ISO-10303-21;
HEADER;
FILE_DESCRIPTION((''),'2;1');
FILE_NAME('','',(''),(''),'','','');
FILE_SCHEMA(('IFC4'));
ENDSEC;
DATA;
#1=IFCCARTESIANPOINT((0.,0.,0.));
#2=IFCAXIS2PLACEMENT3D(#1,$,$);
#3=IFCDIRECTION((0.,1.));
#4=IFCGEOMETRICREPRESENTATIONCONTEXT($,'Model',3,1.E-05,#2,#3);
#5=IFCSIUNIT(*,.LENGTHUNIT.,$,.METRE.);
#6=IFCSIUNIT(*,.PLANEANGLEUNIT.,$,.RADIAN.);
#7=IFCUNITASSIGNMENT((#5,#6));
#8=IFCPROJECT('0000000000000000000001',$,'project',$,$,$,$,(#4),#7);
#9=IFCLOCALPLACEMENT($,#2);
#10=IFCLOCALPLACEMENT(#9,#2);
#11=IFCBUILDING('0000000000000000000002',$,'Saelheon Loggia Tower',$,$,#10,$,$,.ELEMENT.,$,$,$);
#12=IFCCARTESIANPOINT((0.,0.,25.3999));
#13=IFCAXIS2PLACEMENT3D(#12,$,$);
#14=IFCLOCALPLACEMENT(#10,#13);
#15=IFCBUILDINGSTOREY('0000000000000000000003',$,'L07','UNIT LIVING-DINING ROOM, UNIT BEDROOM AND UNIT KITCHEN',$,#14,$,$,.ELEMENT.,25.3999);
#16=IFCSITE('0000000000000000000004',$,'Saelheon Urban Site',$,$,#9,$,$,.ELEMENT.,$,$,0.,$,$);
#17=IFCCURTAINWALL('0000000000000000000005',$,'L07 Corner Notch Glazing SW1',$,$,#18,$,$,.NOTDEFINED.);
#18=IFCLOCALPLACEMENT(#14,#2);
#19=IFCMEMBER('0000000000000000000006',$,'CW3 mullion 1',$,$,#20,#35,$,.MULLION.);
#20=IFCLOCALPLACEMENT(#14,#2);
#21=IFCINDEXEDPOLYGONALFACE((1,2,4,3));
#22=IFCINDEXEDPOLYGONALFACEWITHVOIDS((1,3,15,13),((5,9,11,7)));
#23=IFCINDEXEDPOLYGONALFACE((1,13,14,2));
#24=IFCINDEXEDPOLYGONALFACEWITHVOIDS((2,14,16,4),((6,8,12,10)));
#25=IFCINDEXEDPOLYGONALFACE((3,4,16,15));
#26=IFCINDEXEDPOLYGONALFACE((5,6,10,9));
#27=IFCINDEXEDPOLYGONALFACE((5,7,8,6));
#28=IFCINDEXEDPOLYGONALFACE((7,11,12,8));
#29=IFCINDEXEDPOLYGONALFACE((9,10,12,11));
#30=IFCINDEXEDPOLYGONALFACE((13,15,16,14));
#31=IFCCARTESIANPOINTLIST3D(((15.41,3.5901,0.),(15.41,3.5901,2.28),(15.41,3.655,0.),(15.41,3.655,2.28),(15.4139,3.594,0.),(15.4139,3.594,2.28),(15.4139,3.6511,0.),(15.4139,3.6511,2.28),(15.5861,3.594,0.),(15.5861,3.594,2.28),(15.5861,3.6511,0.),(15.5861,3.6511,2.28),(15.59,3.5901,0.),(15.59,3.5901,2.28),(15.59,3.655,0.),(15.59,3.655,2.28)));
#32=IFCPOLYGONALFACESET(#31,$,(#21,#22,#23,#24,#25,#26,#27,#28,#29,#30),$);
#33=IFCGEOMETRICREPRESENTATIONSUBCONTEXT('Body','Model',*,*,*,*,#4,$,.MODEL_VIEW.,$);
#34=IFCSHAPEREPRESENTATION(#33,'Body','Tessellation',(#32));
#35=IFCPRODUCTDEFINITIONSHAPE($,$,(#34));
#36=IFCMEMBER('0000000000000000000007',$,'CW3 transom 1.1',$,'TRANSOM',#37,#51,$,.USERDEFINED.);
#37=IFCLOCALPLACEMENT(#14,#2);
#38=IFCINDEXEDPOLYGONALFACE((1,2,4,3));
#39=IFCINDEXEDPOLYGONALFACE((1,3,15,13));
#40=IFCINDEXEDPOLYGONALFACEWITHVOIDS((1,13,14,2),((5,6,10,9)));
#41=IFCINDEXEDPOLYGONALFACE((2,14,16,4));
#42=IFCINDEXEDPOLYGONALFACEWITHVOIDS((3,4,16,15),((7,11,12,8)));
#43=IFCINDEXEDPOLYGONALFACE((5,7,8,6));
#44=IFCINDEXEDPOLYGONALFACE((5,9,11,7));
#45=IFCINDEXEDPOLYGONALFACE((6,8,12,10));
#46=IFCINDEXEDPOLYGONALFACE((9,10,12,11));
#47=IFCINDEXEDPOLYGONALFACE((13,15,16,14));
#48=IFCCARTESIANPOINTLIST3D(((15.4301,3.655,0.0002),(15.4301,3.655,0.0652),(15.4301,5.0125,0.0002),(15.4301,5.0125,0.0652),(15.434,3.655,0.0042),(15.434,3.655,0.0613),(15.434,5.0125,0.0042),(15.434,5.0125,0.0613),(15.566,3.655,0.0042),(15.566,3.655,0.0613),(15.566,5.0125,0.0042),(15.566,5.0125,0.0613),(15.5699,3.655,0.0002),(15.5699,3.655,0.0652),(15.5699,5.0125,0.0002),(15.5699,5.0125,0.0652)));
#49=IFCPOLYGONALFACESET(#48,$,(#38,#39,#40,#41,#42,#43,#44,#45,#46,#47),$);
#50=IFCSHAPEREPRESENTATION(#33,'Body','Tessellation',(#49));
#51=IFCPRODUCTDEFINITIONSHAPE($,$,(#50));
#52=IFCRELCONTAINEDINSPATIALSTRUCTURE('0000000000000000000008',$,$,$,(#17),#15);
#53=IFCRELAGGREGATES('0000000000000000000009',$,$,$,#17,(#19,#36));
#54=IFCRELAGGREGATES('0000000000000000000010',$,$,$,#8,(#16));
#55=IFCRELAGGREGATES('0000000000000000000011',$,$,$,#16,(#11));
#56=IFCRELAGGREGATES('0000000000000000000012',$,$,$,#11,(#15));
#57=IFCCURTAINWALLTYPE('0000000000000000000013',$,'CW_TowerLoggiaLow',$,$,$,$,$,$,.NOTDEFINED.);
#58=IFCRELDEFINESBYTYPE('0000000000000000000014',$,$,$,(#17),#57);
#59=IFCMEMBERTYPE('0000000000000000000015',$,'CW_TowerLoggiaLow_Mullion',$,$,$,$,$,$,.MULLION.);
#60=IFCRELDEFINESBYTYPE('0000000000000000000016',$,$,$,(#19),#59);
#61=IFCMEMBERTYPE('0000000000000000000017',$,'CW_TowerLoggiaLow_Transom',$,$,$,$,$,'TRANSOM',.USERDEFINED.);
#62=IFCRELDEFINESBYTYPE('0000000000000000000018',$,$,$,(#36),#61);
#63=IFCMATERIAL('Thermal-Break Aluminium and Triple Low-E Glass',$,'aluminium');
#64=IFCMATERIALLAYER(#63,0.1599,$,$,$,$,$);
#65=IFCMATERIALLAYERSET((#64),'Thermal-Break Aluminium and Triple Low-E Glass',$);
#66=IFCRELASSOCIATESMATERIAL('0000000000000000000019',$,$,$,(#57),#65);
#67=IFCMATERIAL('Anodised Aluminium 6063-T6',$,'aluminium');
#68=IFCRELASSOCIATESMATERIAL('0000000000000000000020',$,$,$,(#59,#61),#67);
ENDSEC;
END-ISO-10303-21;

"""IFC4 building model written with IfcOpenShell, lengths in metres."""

from ifc_helpers import new_model, si_unit, direction, frame, origin, origin_2d, place, context, subcontext, project, spatial, hollow_rectangle, extrude, source, transform, mapped, material, layer, layer_set, material_profile, profile_set, type_object, element, aggregate, save


model = new_model("IFC4")

# Units and contexts
model_context = context("Model", 3, precision=1e-05, world=origin(), true_north=direction((0.0, 1.0)))
body_context = subcontext(model_context, "Body", "Model", "MODEL_VIEW")
ifc_project = project(units=[si_unit("LENGTHUNIT", "METRE"), si_unit("PLANEANGLEUNIT", "RADIAN")], contexts=[model_context])

# Site, building, storey
site_placement = place(None, origin())
site = spatial("IfcSite", under=ifc_project, at=site_placement, Name="Saelheon Urban Site", CompositionType="ELEMENT", RefElevation=0.0)
building_placement = place(site_placement, origin())
building = spatial("IfcBuilding", under=site, at=building_placement, Name="Saelheon Loggia Tower", CompositionType="ELEMENT")
storey_placement = place(building_placement, frame((0.0, 0.0, 25.3999)))
storey = spatial("IfcBuildingStorey", under=building, at=storey_placement, Name="L07", Description="UNIT LIVING-DINING ROOM, UNIT BEDROOM AND UNIT KITCHEN", CompositionType="ELEMENT", Elevation=25.3999)

# Curtain wall, members
ifc_material_1 = material(Name="Thermal-Break Aluminium and Triple Low-E Glass", Category="aluminium")
ifc_layer_1 = layer(ifc_material_1, 0.1599)
ifc_layer_set_1 = layer_set([ifc_layer_1], Name="Thermal-Break Aluminium and Triple Low-E Glass")
curtain_wall_type = type_object("IfcCurtainWallType", Name="CW_TowerLoggiaLow", PredefinedType="NOTDEFINED", material=ifc_layer_set_1)
curtain_wall_placement = place(storey_placement, origin())
curtain_wall = element("IfcCurtainWall", 1, at=curtain_wall_placement, inside=storey, type_object=curtain_wall_type, Name="L07 Corner Notch Glazing SW1", PredefinedType="NOTDEFINED")
ifc_material_2 = material(Name="Anodised Aluminium 6063-T6", Category="aluminium")
ifc_material_profile_1 = material_profile(ifc_material_2, hollow_rectangle(XDim=0.0649, YDim=0.1799, WallThickness=0.0039, at=origin_2d()), Name="RHS-180x65x4")
ifc_profile_set_1 = profile_set([ifc_material_profile_1], Name="Anodised Aluminium 6063-T6")
member_type_1 = type_object("IfcMemberType", Name="CW_TowerLoggiaLow_Mullion", PredefinedType="MULLION", material=ifc_profile_set_1)
shared_shape_1 = source(origin(), body_context, "Body", "SweptSolid", [
    extrude(hollow_rectangle(XDim=0.0649, YDim=0.1799, WallThickness=0.0039, at=origin_2d()), origin(), (0.0, 0.0, 1.0), 2.28),
])
member_1_placement = place(storey_placement, frame((15.5, 3.6226, 0.0), z_axis=(0.0, 0.0, 1.0), x_axis=(0.0, 1.0, 0.0)))
member_1 = element("IfcMember", 2, at=member_1_placement, type_object=member_type_1, Name="CW3 mullion 1", PredefinedType="MULLION", context=body_context, shape_type="MappedRepresentation", body=[
    mapped(shared_shape_1, transform((0.0, 0.0, 0.0), scale=1.0)),
])
ifc_material_profile_2 = material_profile(ifc_material_2, hollow_rectangle(XDim=0.0649, YDim=0.1399, WallThickness=0.0039, at=origin_2d()), Name="RHS-140x65x4")
ifc_profile_set_2 = profile_set([ifc_material_profile_2], Name="Anodised Aluminium 6063-T6")
member_type_2 = type_object("IfcMemberType", Name="CW_TowerLoggiaLow_Transom", ElementType="TRANSOM", PredefinedType="USERDEFINED", material=ifc_profile_set_2)
shared_shape_2 = source(origin(), body_context, "Body", "SweptSolid", [
    extrude(hollow_rectangle(XDim=0.0649, YDim=0.1399, WallThickness=0.0039, at=origin_2d()), origin(), (0.0, 0.0, 1.0), 1.3574),
])
member_2_placement = place(storey_placement, frame((15.5, 3.655, 0.0327), z_axis=(0.0, 1.0, 0.0), x_axis=(0.0, 0.0, 1.0)))
member_2 = element("IfcMember", 3, at=member_2_placement, type_object=member_type_2, Name="CW3 transom 1.1", ObjectType="TRANSOM", PredefinedType="USERDEFINED", context=body_context, shape_type="MappedRepresentation", body=[
    mapped(shared_shape_2, transform((0.0, 0.0, 0.0), scale=1.0)),
])
aggregate(curtain_wall, [member_1, member_2])

save(model, "model.ifc")
